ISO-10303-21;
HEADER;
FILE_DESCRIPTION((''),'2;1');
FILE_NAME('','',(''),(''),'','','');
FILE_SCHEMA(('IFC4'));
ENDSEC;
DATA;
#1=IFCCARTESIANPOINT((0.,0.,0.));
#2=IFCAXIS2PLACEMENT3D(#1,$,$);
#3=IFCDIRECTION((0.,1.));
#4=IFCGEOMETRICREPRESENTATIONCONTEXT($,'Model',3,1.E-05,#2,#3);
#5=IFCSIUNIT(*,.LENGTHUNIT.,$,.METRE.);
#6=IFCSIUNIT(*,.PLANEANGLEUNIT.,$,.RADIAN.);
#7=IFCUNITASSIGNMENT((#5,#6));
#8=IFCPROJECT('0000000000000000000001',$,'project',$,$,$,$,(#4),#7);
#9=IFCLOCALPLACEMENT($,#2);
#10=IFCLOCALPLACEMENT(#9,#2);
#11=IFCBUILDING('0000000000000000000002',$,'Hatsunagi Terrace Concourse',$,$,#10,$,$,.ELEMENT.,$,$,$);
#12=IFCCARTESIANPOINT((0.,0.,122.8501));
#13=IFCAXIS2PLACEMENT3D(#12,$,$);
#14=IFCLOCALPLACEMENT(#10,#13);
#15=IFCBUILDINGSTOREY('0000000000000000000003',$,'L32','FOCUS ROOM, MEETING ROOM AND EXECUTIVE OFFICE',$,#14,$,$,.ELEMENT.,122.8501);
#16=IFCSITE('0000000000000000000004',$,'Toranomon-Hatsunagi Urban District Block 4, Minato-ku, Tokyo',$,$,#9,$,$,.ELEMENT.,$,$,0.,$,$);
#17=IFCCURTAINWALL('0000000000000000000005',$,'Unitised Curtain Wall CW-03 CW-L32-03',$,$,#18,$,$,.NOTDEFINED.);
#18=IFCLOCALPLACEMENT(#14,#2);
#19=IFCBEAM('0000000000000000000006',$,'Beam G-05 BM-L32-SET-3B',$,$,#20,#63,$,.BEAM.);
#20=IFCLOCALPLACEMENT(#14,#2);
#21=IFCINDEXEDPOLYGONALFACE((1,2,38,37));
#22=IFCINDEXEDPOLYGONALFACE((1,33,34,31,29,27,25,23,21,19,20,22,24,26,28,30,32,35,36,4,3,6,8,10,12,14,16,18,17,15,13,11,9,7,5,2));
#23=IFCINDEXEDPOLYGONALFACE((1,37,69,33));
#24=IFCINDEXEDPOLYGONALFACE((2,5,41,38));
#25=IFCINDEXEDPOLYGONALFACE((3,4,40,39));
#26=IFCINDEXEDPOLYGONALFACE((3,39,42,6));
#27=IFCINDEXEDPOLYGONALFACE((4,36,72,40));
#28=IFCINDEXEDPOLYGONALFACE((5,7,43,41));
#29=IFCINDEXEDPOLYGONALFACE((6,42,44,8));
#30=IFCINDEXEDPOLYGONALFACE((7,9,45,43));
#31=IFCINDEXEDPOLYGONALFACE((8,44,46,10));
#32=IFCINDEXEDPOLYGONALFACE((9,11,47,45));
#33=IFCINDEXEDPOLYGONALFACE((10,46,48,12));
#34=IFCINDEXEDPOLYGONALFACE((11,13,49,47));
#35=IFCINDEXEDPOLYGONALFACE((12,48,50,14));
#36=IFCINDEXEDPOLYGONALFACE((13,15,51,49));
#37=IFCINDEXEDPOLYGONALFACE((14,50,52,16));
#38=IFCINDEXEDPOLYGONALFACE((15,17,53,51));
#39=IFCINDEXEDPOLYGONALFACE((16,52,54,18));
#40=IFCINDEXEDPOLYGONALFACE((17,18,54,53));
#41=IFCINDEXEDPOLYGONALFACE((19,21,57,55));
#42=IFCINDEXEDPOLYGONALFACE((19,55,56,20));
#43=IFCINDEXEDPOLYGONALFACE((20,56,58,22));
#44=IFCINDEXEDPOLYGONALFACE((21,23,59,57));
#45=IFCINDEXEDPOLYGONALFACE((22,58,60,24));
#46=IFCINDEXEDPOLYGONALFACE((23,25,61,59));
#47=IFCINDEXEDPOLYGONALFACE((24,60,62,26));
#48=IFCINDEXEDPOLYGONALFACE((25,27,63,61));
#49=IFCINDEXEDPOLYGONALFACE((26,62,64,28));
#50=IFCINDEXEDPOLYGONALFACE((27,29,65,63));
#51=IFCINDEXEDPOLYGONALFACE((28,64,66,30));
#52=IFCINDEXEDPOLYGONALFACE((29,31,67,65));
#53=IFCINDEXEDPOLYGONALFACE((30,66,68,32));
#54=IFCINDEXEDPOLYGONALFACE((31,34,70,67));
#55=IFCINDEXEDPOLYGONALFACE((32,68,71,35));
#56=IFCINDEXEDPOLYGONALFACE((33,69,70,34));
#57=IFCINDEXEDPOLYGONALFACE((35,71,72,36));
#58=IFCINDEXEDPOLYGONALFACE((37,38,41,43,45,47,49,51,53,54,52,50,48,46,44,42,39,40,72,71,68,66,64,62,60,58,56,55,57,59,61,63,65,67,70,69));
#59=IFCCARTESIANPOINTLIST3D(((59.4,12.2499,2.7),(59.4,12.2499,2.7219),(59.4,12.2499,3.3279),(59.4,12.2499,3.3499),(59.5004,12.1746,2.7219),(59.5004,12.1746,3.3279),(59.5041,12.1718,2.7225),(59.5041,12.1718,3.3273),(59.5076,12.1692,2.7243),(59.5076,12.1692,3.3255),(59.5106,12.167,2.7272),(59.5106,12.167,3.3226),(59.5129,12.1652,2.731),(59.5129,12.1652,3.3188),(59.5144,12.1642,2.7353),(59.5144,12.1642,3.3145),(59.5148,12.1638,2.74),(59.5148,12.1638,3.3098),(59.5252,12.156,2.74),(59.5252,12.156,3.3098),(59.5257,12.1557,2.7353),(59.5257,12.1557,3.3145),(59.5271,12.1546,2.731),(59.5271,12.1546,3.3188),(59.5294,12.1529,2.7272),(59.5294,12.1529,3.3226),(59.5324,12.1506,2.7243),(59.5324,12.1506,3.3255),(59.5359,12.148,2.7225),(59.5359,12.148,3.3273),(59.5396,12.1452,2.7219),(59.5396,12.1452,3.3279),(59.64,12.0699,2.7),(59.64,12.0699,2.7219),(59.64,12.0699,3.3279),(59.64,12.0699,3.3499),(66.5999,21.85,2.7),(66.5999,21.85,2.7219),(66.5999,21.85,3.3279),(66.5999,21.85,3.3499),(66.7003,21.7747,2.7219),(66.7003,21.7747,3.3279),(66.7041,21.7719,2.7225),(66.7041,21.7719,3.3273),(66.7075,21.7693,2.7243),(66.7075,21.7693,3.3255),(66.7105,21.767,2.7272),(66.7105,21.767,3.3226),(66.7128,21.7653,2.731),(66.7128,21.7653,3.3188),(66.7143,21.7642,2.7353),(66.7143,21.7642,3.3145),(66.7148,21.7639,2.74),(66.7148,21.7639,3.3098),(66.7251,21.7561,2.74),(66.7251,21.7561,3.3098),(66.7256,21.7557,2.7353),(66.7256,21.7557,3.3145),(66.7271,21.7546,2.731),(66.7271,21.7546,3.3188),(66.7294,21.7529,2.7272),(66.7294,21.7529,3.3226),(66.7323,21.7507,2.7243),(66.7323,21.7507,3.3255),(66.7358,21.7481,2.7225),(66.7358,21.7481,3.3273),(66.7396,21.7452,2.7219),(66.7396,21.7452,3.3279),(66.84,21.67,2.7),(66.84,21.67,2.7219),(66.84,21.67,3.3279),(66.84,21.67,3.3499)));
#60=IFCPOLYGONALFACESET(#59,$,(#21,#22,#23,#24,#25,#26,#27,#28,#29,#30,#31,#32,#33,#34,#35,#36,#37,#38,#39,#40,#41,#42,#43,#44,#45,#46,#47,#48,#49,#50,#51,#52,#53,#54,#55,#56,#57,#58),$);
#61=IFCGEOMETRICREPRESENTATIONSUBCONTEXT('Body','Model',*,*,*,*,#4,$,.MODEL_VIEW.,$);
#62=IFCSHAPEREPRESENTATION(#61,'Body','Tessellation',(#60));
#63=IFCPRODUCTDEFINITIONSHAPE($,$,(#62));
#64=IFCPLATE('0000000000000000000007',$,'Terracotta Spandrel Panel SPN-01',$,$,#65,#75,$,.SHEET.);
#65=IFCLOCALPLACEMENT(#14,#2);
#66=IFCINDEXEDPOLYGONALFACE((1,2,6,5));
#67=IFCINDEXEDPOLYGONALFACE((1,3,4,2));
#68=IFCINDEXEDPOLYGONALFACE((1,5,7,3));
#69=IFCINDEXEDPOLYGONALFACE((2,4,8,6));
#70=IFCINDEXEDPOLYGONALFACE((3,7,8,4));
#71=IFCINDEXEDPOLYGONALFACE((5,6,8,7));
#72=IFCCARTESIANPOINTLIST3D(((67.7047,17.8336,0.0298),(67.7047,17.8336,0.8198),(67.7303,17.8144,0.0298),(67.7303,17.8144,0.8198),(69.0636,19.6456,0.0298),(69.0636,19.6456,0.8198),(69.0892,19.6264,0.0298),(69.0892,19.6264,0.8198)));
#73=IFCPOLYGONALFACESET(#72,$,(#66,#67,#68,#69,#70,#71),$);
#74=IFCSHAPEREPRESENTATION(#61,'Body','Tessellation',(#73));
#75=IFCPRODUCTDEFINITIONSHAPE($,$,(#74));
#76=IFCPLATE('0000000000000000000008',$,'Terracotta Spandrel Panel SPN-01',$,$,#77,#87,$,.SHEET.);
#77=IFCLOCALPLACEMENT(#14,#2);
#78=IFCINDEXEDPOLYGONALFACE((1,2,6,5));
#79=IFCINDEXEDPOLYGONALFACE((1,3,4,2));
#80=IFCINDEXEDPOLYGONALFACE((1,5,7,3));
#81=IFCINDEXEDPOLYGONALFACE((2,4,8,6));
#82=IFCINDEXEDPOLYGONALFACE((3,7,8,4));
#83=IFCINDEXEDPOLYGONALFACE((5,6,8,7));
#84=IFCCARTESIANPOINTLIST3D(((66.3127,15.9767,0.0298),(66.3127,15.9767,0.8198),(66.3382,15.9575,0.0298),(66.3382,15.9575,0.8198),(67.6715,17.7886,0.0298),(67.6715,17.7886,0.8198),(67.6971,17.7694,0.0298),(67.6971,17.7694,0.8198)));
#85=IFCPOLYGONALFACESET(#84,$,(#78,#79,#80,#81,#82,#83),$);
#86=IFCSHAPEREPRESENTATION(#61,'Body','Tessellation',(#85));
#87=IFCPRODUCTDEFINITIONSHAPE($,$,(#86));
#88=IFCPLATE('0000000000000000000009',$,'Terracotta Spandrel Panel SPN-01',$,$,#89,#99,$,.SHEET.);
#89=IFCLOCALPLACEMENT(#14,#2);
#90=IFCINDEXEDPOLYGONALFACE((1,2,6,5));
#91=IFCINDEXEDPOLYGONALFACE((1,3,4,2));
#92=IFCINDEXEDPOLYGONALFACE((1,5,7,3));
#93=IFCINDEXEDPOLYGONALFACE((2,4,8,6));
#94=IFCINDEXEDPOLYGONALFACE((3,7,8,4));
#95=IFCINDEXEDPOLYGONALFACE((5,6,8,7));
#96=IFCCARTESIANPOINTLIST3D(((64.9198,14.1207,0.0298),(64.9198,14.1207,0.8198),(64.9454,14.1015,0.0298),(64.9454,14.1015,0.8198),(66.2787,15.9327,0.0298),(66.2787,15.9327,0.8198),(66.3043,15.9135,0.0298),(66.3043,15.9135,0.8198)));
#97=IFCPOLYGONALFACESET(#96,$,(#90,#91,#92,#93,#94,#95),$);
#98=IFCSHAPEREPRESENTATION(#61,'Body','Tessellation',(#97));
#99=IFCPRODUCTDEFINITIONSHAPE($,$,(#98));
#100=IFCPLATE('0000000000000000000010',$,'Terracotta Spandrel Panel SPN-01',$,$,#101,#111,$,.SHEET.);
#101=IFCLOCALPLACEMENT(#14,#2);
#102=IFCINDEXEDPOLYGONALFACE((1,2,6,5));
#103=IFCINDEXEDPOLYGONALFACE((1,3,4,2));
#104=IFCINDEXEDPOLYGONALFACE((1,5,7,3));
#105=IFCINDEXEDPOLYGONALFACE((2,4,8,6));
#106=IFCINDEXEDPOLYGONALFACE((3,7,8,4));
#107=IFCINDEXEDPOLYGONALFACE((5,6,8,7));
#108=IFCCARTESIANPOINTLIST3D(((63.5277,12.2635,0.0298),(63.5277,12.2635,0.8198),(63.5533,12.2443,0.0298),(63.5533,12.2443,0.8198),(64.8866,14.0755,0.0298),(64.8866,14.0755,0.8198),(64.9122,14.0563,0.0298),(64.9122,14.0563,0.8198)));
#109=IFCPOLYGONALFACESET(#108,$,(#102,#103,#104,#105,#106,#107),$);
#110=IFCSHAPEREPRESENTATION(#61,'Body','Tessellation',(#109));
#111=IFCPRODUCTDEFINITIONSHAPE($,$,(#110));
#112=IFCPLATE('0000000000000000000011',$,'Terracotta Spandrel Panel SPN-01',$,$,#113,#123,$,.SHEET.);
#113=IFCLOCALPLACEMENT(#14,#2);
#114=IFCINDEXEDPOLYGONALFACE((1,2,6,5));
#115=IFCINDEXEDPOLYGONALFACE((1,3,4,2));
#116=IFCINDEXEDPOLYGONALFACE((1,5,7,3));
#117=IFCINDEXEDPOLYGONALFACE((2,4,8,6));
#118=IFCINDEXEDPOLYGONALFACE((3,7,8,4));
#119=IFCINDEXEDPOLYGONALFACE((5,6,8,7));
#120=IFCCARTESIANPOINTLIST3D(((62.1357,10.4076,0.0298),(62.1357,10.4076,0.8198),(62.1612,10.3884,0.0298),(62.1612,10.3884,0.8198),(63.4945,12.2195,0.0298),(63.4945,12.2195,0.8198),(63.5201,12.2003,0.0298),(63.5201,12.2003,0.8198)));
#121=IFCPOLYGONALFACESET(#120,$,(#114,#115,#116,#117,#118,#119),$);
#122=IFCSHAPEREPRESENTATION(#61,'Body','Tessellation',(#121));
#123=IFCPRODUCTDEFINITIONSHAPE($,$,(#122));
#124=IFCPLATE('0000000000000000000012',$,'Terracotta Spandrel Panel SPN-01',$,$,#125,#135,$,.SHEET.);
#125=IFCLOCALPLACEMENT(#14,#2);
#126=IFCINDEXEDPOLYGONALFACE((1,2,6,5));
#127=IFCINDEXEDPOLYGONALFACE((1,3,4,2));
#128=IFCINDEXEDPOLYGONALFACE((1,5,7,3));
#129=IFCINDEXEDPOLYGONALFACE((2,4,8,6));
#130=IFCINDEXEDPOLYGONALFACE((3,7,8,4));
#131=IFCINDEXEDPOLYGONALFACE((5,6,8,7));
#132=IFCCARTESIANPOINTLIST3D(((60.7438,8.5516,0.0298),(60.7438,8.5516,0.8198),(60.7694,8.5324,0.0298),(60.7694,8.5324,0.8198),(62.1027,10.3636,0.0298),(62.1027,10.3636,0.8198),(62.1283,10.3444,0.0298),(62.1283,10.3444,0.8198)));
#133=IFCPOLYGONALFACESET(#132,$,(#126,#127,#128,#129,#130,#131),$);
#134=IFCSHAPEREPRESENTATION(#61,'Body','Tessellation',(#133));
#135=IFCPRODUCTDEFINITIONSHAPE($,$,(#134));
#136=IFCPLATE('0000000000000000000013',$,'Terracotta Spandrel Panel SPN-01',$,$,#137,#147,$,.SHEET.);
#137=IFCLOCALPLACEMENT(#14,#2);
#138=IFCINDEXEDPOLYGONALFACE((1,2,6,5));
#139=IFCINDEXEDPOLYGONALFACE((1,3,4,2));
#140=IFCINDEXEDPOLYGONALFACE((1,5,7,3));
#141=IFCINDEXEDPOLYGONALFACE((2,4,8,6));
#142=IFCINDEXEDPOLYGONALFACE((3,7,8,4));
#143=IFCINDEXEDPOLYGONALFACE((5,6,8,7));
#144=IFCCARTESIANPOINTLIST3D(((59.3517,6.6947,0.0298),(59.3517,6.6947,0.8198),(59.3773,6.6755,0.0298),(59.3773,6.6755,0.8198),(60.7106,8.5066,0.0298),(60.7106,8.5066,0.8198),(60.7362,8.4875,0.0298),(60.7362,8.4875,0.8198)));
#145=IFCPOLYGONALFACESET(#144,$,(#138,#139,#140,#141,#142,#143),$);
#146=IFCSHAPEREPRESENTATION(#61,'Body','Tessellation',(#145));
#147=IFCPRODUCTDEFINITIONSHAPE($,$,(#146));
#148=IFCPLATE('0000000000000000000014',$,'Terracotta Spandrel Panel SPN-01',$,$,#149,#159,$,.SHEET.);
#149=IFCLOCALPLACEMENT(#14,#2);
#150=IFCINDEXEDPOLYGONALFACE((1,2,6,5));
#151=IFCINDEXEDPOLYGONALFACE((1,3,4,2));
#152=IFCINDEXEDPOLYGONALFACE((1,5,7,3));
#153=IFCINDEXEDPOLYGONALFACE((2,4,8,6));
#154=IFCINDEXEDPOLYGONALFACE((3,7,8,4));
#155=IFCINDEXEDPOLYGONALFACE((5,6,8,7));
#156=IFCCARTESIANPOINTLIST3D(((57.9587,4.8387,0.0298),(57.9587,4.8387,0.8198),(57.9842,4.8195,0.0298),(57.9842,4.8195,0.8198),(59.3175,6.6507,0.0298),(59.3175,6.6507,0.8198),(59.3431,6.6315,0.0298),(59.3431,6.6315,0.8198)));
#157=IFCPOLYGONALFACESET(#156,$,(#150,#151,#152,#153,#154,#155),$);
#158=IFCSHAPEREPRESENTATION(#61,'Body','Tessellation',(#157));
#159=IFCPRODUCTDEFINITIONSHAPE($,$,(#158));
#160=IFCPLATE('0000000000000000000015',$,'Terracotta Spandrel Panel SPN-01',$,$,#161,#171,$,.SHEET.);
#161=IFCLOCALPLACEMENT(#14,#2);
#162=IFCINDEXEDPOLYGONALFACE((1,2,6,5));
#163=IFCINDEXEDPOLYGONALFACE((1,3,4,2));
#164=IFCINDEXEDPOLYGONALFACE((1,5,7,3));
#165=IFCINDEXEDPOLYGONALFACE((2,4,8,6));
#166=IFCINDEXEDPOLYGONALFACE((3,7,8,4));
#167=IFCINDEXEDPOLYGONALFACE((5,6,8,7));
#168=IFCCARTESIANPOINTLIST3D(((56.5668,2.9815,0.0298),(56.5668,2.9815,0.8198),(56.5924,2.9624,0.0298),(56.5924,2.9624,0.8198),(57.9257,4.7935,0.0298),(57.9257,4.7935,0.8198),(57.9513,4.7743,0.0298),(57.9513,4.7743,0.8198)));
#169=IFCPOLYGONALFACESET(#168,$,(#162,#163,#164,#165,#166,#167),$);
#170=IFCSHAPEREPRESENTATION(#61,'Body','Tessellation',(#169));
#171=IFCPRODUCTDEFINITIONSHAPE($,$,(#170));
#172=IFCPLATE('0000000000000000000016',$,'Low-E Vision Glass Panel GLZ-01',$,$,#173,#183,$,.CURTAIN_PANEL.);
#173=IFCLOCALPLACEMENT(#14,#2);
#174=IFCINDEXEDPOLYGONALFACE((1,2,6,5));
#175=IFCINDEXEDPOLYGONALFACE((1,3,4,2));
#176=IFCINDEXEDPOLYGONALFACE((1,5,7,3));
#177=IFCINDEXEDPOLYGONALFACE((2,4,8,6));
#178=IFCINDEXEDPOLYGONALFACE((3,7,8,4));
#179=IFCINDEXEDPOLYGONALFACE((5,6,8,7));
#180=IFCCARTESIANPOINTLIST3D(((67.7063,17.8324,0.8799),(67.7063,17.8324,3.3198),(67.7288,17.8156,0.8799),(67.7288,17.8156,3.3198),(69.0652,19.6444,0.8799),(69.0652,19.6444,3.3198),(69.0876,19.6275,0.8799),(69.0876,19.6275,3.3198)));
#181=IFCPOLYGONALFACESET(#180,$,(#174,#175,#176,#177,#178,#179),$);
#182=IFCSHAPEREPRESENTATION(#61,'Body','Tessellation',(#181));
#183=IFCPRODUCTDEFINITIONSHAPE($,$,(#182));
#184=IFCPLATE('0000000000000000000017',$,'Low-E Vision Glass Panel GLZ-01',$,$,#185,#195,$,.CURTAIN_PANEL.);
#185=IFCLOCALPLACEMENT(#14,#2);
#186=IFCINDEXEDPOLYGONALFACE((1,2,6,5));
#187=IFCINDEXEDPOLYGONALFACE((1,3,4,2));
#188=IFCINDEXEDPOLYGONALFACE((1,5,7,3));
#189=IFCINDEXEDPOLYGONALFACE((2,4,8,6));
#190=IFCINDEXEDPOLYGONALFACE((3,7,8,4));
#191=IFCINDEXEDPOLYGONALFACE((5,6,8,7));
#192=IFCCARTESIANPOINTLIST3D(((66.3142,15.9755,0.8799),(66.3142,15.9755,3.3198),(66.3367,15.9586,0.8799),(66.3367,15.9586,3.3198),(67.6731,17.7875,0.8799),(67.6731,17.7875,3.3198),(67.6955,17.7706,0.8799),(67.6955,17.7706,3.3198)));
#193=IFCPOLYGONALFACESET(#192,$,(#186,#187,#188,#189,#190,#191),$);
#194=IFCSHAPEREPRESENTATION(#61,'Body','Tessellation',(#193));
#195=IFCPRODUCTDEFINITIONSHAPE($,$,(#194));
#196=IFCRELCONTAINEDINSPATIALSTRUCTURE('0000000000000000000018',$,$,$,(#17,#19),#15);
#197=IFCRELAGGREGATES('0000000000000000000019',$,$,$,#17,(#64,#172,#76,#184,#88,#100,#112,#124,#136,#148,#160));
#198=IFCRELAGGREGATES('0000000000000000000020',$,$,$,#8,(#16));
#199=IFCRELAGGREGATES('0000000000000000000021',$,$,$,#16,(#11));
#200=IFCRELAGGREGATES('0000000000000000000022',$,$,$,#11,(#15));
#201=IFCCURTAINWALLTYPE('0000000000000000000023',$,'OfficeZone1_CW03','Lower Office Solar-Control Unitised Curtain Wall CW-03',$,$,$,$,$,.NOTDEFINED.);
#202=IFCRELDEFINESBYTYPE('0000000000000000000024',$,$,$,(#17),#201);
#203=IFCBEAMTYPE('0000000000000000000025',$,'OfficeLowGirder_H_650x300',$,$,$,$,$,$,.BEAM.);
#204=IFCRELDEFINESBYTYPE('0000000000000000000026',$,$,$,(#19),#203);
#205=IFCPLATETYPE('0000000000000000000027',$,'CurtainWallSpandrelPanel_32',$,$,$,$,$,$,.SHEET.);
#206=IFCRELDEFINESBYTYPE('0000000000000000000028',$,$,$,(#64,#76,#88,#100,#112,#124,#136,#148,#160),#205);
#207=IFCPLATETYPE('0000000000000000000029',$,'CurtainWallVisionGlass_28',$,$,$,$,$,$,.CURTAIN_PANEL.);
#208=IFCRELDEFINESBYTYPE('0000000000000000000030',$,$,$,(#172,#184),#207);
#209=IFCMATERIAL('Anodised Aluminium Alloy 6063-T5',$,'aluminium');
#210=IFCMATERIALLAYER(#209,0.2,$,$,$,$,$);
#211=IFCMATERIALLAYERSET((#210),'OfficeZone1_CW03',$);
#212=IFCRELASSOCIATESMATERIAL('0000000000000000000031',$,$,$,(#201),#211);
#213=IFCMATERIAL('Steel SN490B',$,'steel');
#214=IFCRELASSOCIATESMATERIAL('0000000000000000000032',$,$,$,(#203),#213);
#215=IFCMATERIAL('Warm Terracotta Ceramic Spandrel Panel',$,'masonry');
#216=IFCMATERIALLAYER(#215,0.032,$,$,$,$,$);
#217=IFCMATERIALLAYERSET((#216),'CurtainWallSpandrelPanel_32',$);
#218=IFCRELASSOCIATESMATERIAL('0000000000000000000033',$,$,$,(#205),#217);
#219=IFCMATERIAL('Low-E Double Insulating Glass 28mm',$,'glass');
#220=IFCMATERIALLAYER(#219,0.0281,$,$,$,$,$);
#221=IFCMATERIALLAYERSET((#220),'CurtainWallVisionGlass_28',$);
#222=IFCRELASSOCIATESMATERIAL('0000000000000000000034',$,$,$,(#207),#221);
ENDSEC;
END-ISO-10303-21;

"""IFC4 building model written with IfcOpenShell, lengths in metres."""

from ifc_helpers import new_model, si_unit, direction, frame, origin, origin_2d, place, context, subcontext, project, spatial, rectangle, i_section, extrude, material, layer, layer_set, material_profile, profile_set, type_object, element, aggregate, save


model = new_model("IFC4")

# Units and contexts
model_context = context("Model", 3, precision=1e-05, world=origin(), true_north=direction((0.0, 1.0)))
body_context = subcontext(model_context, "Body", "Model", "MODEL_VIEW")
ifc_project = project(units=[si_unit("LENGTHUNIT", "METRE"), si_unit("PLANEANGLEUNIT", "RADIAN")], contexts=[model_context])

# Site, building, storey
site_placement = place(None, origin())
site = spatial("IfcSite", under=ifc_project, at=site_placement, Name="Toranomon-Hatsunagi Urban District Block 4, Minato-ku, Tokyo", CompositionType="ELEMENT", RefElevation=0.0)
building_placement = place(site_placement, origin())
building = spatial("IfcBuilding", under=site, at=building_placement, Name="Hatsunagi Terrace Concourse", CompositionType="ELEMENT")
storey_placement = place(building_placement, frame((0.0, 0.0, 122.8501)))
storey = spatial("IfcBuildingStorey", under=building, at=storey_placement, Name="L32", Description="FOCUS ROOM, MEETING ROOM AND EXECUTIVE OFFICE", CompositionType="ELEMENT", Elevation=122.8501)

# Curtain wall
ifc_material_1 = material(Name="Anodised Aluminium Alloy 6063-T5", Category="aluminium")
ifc_layer_1 = layer(ifc_material_1, 0.2)
ifc_layer_set_1 = layer_set([ifc_layer_1], Name="OfficeZone1_CW03")
curtain_wall_type = type_object("IfcCurtainWallType", Name="OfficeZone1_CW03", Description="Lower Office Solar-Control Unitised Curtain Wall CW-03", PredefinedType="NOTDEFINED", material=ifc_layer_set_1)
curtain_wall_placement = place(storey_placement, origin())
curtain_wall = element("IfcCurtainWall", 1, at=curtain_wall_placement, inside=storey, type_object=curtain_wall_type, Name="Unitised Curtain Wall CW-03 CW-L32-03", PredefinedType="NOTDEFINED")

# Beam
ifc_material_2 = material(Name="Steel SN490B", Category="steel")
ifc_material_profile_1 = material_profile(ifc_material_2, i_section(OverallWidth=0.3, OverallDepth=0.6499, WebThickness=0.0129, FlangeThickness=0.022, FilletRadius=0.0181, at=origin_2d()), Name="H-650x300x13x22")
ifc_profile_set_1 = profile_set([ifc_material_profile_1], Name="Steel SN490B")
beam_type_1 = type_object("IfcBeamType", Name="OfficeLowGirder_H_650x300", PredefinedType="BEAM", material=ifc_profile_set_1)
beam_1_placement = place(storey_placement, frame((59.52, 12.1599, 3.0249), z_axis=(0.599993, 0.800005, 0.0), x_axis=(-0.800005, 0.599993, 0.0)))
element("IfcBeam", 2, at=beam_1_placement, inside=storey, type_object=beam_type_1, Name="Beam G-05 BM-L32-SET-3B", PredefinedType="BEAM", context=body_context, shape_type="SweptSolid", body=[
    extrude(i_section(OverallWidth=0.3, OverallDepth=0.6499, WebThickness=0.0129, FlangeThickness=0.022, FilletRadius=0.0181, at=origin_2d()), origin(), (0.0, 0.0, 1.0), 12.0),
])

# Plates
ifc_material_3 = material(Name="Warm Terracotta Ceramic Spandrel Panel", Category="masonry")
ifc_layer_2 = layer(ifc_material_3, 0.032)
ifc_layer_set_2 = layer_set([ifc_layer_2], Name="CurtainWallSpandrelPanel_32")
plate_type_1 = type_object("IfcPlateType", Name="CurtainWallSpandrelPanel_32", PredefinedType="SHEET", material=ifc_layer_set_2)
plate_1_placement = place(storey_placement, frame((68.397, 18.73, 0.0298), z_axis=(0.0, 0.0, 1.0), x_axis=(-0.599969, -0.800023, 0.0)))
plate_1 = element("IfcPlate", 3, at=plate_1_placement, type_object=plate_type_1, Name="Terracotta Spandrel Panel SPN-01", PredefinedType="SHEET", context=body_context, shape_type="SweptSolid", body=[
    extrude(rectangle(XDim=2.2649, YDim=0.032, at=origin_2d()), origin(), (0.0, 0.0, 1.0), 0.79),
])
plate_2_placement = place(storey_placement, frame((67.0049, 16.873, 0.0298), z_axis=(0.0, 0.0, 1.0), x_axis=(-0.599969, -0.800023, 0.0)))
plate_2 = element("IfcPlate", 4, at=plate_2_placement, type_object=plate_type_1, Name="Terracotta Spandrel Panel SPN-01", PredefinedType="SHEET", context=body_context, shape_type="SweptSolid", body=[
    extrude(rectangle(XDim=2.2649, YDim=0.032, at=origin_2d()), origin(), (0.0, 0.0, 1.0), 0.79),
])
plate_3_placement = place(storey_placement, frame((65.6121, 15.0171, 0.0298), z_axis=(0.0, 0.0, 1.0), x_axis=(-0.599969, -0.800023, 0.0)))
plate_3 = element("IfcPlate", 5, at=plate_3_placement, type_object=plate_type_1, Name="Terracotta Spandrel Panel SPN-01", PredefinedType="SHEET", context=body_context, shape_type="SweptSolid", body=[
    extrude(rectangle(XDim=2.2649, YDim=0.032, at=origin_2d()), origin(), (0.0, 0.0, 1.0), 0.79),
])
plate_4_placement = place(storey_placement, frame((64.22, 13.1599, 0.0298), z_axis=(0.0, 0.0, 1.0), x_axis=(-0.599969, -0.800023, 0.0)))
plate_4 = element("IfcPlate", 6, at=plate_4_placement, type_object=plate_type_1, Name="Terracotta Spandrel Panel SPN-01", PredefinedType="SHEET", context=body_context, shape_type="SweptSolid", body=[
    extrude(rectangle(XDim=2.2649, YDim=0.032, at=origin_2d()), origin(), (0.0, 0.0, 1.0), 0.79),
])
plate_5_placement = place(storey_placement, frame((62.8279, 11.304, 0.0298), z_axis=(0.0, 0.0, 1.0), x_axis=(-0.599969, -0.800023, 0.0)))
plate_5 = element("IfcPlate", 7, at=plate_5_placement, type_object=plate_type_1, Name="Terracotta Spandrel Panel SPN-01", PredefinedType="SHEET", context=body_context, shape_type="SweptSolid", body=[
    extrude(rectangle(XDim=2.2649, YDim=0.032, at=origin_2d()), origin(), (0.0, 0.0, 1.0), 0.79),
])
plate_6_placement = place(storey_placement, frame((61.436, 9.448, 0.0298), z_axis=(0.0, 0.0, 1.0), x_axis=(-0.599969, -0.800023, 0.0)))
plate_6 = element("IfcPlate", 8, at=plate_6_placement, type_object=plate_type_1, Name="Terracotta Spandrel Panel SPN-01", PredefinedType="SHEET", context=body_context, shape_type="SweptSolid", body=[
    extrude(rectangle(XDim=2.2649, YDim=0.032, at=origin_2d()), origin(), (0.0, 0.0, 1.0), 0.79),
])
plate_7_placement = place(storey_placement, frame((60.0439, 7.5911, 0.0298), z_axis=(0.0, 0.0, 1.0), x_axis=(-0.599969, -0.800023, 0.0)))
plate_7 = element("IfcPlate", 9, at=plate_7_placement, type_object=plate_type_1, Name="Terracotta Spandrel Panel SPN-01", PredefinedType="SHEET", context=body_context, shape_type="SweptSolid", body=[
    extrude(rectangle(XDim=2.2649, YDim=0.032, at=origin_2d()), origin(), (0.0, 0.0, 1.0), 0.79),
])
plate_8_placement = place(storey_placement, frame((58.6509, 5.7351, 0.0298), z_axis=(0.0, 0.0, 1.0), x_axis=(-0.599969, -0.800023, 0.0)))
plate_8 = element("IfcPlate", 10, at=plate_8_placement, type_object=plate_type_1, Name="Terracotta Spandrel Panel SPN-01", PredefinedType="SHEET", context=body_context, shape_type="SweptSolid", body=[
    extrude(rectangle(XDim=2.2649, YDim=0.032, at=origin_2d()), origin(), (0.0, 0.0, 1.0), 0.79),
])
plate_9_placement = place(storey_placement, frame((57.259, 3.8779, 0.0298), z_axis=(0.0, 0.0, 1.0), x_axis=(-0.599969, -0.800023, 0.0)))
plate_9 = element("IfcPlate", 11, at=plate_9_placement, type_object=plate_type_1, Name="Terracotta Spandrel Panel SPN-01", PredefinedType="SHEET", context=body_context, shape_type="SweptSolid", body=[
    extrude(rectangle(XDim=2.2649, YDim=0.032, at=origin_2d()), origin(), (0.0, 0.0, 1.0), 0.79),
])
ifc_material_4 = material(Name="Low-E Double Insulating Glass 28mm", Category="glass")
ifc_layer_3 = layer(ifc_material_4, 0.0281)
ifc_layer_set_3 = layer_set([ifc_layer_3], Name="CurtainWallVisionGlass_28")
plate_type_2 = type_object("IfcPlateType", Name="CurtainWallVisionGlass_28", PredefinedType="CURTAIN_PANEL", material=ifc_layer_set_3)
plate_10_placement = place(storey_placement, frame((68.397, 18.73, 0.8799), z_axis=(0.0, 0.0, 1.0), x_axis=(-0.599969, -0.800023, 0.0)))
plate_10 = element("IfcPlate", 12, at=plate_10_placement, type_object=plate_type_2, Name="Low-E Vision Glass Panel GLZ-01", PredefinedType="CURTAIN_PANEL", context=body_context, shape_type="SweptSolid", body=[
    extrude(rectangle(XDim=2.2649, YDim=0.0281, at=origin_2d()), origin(), (0.0, 0.0, 1.0), 2.4399),
])
plate_11_placement = place(storey_placement, frame((67.0049, 16.873, 0.8799), z_axis=(0.0, 0.0, 1.0), x_axis=(-0.599969, -0.800023, 0.0)))
plate_11 = element("IfcPlate", 13, at=plate_11_placement, type_object=plate_type_2, Name="Low-E Vision Glass Panel GLZ-01", PredefinedType="CURTAIN_PANEL", context=body_context, shape_type="SweptSolid", body=[
    extrude(rectangle(XDim=2.2649, YDim=0.0281, at=origin_2d()), origin(), (0.0, 0.0, 1.0), 2.4399),
])
aggregate(curtain_wall, [plate_1, plate_10, plate_2, plate_11, plate_3, plate_4, plate_5, plate_6, plate_7, plate_8, plate_9])

save(model, "model.ifc")
